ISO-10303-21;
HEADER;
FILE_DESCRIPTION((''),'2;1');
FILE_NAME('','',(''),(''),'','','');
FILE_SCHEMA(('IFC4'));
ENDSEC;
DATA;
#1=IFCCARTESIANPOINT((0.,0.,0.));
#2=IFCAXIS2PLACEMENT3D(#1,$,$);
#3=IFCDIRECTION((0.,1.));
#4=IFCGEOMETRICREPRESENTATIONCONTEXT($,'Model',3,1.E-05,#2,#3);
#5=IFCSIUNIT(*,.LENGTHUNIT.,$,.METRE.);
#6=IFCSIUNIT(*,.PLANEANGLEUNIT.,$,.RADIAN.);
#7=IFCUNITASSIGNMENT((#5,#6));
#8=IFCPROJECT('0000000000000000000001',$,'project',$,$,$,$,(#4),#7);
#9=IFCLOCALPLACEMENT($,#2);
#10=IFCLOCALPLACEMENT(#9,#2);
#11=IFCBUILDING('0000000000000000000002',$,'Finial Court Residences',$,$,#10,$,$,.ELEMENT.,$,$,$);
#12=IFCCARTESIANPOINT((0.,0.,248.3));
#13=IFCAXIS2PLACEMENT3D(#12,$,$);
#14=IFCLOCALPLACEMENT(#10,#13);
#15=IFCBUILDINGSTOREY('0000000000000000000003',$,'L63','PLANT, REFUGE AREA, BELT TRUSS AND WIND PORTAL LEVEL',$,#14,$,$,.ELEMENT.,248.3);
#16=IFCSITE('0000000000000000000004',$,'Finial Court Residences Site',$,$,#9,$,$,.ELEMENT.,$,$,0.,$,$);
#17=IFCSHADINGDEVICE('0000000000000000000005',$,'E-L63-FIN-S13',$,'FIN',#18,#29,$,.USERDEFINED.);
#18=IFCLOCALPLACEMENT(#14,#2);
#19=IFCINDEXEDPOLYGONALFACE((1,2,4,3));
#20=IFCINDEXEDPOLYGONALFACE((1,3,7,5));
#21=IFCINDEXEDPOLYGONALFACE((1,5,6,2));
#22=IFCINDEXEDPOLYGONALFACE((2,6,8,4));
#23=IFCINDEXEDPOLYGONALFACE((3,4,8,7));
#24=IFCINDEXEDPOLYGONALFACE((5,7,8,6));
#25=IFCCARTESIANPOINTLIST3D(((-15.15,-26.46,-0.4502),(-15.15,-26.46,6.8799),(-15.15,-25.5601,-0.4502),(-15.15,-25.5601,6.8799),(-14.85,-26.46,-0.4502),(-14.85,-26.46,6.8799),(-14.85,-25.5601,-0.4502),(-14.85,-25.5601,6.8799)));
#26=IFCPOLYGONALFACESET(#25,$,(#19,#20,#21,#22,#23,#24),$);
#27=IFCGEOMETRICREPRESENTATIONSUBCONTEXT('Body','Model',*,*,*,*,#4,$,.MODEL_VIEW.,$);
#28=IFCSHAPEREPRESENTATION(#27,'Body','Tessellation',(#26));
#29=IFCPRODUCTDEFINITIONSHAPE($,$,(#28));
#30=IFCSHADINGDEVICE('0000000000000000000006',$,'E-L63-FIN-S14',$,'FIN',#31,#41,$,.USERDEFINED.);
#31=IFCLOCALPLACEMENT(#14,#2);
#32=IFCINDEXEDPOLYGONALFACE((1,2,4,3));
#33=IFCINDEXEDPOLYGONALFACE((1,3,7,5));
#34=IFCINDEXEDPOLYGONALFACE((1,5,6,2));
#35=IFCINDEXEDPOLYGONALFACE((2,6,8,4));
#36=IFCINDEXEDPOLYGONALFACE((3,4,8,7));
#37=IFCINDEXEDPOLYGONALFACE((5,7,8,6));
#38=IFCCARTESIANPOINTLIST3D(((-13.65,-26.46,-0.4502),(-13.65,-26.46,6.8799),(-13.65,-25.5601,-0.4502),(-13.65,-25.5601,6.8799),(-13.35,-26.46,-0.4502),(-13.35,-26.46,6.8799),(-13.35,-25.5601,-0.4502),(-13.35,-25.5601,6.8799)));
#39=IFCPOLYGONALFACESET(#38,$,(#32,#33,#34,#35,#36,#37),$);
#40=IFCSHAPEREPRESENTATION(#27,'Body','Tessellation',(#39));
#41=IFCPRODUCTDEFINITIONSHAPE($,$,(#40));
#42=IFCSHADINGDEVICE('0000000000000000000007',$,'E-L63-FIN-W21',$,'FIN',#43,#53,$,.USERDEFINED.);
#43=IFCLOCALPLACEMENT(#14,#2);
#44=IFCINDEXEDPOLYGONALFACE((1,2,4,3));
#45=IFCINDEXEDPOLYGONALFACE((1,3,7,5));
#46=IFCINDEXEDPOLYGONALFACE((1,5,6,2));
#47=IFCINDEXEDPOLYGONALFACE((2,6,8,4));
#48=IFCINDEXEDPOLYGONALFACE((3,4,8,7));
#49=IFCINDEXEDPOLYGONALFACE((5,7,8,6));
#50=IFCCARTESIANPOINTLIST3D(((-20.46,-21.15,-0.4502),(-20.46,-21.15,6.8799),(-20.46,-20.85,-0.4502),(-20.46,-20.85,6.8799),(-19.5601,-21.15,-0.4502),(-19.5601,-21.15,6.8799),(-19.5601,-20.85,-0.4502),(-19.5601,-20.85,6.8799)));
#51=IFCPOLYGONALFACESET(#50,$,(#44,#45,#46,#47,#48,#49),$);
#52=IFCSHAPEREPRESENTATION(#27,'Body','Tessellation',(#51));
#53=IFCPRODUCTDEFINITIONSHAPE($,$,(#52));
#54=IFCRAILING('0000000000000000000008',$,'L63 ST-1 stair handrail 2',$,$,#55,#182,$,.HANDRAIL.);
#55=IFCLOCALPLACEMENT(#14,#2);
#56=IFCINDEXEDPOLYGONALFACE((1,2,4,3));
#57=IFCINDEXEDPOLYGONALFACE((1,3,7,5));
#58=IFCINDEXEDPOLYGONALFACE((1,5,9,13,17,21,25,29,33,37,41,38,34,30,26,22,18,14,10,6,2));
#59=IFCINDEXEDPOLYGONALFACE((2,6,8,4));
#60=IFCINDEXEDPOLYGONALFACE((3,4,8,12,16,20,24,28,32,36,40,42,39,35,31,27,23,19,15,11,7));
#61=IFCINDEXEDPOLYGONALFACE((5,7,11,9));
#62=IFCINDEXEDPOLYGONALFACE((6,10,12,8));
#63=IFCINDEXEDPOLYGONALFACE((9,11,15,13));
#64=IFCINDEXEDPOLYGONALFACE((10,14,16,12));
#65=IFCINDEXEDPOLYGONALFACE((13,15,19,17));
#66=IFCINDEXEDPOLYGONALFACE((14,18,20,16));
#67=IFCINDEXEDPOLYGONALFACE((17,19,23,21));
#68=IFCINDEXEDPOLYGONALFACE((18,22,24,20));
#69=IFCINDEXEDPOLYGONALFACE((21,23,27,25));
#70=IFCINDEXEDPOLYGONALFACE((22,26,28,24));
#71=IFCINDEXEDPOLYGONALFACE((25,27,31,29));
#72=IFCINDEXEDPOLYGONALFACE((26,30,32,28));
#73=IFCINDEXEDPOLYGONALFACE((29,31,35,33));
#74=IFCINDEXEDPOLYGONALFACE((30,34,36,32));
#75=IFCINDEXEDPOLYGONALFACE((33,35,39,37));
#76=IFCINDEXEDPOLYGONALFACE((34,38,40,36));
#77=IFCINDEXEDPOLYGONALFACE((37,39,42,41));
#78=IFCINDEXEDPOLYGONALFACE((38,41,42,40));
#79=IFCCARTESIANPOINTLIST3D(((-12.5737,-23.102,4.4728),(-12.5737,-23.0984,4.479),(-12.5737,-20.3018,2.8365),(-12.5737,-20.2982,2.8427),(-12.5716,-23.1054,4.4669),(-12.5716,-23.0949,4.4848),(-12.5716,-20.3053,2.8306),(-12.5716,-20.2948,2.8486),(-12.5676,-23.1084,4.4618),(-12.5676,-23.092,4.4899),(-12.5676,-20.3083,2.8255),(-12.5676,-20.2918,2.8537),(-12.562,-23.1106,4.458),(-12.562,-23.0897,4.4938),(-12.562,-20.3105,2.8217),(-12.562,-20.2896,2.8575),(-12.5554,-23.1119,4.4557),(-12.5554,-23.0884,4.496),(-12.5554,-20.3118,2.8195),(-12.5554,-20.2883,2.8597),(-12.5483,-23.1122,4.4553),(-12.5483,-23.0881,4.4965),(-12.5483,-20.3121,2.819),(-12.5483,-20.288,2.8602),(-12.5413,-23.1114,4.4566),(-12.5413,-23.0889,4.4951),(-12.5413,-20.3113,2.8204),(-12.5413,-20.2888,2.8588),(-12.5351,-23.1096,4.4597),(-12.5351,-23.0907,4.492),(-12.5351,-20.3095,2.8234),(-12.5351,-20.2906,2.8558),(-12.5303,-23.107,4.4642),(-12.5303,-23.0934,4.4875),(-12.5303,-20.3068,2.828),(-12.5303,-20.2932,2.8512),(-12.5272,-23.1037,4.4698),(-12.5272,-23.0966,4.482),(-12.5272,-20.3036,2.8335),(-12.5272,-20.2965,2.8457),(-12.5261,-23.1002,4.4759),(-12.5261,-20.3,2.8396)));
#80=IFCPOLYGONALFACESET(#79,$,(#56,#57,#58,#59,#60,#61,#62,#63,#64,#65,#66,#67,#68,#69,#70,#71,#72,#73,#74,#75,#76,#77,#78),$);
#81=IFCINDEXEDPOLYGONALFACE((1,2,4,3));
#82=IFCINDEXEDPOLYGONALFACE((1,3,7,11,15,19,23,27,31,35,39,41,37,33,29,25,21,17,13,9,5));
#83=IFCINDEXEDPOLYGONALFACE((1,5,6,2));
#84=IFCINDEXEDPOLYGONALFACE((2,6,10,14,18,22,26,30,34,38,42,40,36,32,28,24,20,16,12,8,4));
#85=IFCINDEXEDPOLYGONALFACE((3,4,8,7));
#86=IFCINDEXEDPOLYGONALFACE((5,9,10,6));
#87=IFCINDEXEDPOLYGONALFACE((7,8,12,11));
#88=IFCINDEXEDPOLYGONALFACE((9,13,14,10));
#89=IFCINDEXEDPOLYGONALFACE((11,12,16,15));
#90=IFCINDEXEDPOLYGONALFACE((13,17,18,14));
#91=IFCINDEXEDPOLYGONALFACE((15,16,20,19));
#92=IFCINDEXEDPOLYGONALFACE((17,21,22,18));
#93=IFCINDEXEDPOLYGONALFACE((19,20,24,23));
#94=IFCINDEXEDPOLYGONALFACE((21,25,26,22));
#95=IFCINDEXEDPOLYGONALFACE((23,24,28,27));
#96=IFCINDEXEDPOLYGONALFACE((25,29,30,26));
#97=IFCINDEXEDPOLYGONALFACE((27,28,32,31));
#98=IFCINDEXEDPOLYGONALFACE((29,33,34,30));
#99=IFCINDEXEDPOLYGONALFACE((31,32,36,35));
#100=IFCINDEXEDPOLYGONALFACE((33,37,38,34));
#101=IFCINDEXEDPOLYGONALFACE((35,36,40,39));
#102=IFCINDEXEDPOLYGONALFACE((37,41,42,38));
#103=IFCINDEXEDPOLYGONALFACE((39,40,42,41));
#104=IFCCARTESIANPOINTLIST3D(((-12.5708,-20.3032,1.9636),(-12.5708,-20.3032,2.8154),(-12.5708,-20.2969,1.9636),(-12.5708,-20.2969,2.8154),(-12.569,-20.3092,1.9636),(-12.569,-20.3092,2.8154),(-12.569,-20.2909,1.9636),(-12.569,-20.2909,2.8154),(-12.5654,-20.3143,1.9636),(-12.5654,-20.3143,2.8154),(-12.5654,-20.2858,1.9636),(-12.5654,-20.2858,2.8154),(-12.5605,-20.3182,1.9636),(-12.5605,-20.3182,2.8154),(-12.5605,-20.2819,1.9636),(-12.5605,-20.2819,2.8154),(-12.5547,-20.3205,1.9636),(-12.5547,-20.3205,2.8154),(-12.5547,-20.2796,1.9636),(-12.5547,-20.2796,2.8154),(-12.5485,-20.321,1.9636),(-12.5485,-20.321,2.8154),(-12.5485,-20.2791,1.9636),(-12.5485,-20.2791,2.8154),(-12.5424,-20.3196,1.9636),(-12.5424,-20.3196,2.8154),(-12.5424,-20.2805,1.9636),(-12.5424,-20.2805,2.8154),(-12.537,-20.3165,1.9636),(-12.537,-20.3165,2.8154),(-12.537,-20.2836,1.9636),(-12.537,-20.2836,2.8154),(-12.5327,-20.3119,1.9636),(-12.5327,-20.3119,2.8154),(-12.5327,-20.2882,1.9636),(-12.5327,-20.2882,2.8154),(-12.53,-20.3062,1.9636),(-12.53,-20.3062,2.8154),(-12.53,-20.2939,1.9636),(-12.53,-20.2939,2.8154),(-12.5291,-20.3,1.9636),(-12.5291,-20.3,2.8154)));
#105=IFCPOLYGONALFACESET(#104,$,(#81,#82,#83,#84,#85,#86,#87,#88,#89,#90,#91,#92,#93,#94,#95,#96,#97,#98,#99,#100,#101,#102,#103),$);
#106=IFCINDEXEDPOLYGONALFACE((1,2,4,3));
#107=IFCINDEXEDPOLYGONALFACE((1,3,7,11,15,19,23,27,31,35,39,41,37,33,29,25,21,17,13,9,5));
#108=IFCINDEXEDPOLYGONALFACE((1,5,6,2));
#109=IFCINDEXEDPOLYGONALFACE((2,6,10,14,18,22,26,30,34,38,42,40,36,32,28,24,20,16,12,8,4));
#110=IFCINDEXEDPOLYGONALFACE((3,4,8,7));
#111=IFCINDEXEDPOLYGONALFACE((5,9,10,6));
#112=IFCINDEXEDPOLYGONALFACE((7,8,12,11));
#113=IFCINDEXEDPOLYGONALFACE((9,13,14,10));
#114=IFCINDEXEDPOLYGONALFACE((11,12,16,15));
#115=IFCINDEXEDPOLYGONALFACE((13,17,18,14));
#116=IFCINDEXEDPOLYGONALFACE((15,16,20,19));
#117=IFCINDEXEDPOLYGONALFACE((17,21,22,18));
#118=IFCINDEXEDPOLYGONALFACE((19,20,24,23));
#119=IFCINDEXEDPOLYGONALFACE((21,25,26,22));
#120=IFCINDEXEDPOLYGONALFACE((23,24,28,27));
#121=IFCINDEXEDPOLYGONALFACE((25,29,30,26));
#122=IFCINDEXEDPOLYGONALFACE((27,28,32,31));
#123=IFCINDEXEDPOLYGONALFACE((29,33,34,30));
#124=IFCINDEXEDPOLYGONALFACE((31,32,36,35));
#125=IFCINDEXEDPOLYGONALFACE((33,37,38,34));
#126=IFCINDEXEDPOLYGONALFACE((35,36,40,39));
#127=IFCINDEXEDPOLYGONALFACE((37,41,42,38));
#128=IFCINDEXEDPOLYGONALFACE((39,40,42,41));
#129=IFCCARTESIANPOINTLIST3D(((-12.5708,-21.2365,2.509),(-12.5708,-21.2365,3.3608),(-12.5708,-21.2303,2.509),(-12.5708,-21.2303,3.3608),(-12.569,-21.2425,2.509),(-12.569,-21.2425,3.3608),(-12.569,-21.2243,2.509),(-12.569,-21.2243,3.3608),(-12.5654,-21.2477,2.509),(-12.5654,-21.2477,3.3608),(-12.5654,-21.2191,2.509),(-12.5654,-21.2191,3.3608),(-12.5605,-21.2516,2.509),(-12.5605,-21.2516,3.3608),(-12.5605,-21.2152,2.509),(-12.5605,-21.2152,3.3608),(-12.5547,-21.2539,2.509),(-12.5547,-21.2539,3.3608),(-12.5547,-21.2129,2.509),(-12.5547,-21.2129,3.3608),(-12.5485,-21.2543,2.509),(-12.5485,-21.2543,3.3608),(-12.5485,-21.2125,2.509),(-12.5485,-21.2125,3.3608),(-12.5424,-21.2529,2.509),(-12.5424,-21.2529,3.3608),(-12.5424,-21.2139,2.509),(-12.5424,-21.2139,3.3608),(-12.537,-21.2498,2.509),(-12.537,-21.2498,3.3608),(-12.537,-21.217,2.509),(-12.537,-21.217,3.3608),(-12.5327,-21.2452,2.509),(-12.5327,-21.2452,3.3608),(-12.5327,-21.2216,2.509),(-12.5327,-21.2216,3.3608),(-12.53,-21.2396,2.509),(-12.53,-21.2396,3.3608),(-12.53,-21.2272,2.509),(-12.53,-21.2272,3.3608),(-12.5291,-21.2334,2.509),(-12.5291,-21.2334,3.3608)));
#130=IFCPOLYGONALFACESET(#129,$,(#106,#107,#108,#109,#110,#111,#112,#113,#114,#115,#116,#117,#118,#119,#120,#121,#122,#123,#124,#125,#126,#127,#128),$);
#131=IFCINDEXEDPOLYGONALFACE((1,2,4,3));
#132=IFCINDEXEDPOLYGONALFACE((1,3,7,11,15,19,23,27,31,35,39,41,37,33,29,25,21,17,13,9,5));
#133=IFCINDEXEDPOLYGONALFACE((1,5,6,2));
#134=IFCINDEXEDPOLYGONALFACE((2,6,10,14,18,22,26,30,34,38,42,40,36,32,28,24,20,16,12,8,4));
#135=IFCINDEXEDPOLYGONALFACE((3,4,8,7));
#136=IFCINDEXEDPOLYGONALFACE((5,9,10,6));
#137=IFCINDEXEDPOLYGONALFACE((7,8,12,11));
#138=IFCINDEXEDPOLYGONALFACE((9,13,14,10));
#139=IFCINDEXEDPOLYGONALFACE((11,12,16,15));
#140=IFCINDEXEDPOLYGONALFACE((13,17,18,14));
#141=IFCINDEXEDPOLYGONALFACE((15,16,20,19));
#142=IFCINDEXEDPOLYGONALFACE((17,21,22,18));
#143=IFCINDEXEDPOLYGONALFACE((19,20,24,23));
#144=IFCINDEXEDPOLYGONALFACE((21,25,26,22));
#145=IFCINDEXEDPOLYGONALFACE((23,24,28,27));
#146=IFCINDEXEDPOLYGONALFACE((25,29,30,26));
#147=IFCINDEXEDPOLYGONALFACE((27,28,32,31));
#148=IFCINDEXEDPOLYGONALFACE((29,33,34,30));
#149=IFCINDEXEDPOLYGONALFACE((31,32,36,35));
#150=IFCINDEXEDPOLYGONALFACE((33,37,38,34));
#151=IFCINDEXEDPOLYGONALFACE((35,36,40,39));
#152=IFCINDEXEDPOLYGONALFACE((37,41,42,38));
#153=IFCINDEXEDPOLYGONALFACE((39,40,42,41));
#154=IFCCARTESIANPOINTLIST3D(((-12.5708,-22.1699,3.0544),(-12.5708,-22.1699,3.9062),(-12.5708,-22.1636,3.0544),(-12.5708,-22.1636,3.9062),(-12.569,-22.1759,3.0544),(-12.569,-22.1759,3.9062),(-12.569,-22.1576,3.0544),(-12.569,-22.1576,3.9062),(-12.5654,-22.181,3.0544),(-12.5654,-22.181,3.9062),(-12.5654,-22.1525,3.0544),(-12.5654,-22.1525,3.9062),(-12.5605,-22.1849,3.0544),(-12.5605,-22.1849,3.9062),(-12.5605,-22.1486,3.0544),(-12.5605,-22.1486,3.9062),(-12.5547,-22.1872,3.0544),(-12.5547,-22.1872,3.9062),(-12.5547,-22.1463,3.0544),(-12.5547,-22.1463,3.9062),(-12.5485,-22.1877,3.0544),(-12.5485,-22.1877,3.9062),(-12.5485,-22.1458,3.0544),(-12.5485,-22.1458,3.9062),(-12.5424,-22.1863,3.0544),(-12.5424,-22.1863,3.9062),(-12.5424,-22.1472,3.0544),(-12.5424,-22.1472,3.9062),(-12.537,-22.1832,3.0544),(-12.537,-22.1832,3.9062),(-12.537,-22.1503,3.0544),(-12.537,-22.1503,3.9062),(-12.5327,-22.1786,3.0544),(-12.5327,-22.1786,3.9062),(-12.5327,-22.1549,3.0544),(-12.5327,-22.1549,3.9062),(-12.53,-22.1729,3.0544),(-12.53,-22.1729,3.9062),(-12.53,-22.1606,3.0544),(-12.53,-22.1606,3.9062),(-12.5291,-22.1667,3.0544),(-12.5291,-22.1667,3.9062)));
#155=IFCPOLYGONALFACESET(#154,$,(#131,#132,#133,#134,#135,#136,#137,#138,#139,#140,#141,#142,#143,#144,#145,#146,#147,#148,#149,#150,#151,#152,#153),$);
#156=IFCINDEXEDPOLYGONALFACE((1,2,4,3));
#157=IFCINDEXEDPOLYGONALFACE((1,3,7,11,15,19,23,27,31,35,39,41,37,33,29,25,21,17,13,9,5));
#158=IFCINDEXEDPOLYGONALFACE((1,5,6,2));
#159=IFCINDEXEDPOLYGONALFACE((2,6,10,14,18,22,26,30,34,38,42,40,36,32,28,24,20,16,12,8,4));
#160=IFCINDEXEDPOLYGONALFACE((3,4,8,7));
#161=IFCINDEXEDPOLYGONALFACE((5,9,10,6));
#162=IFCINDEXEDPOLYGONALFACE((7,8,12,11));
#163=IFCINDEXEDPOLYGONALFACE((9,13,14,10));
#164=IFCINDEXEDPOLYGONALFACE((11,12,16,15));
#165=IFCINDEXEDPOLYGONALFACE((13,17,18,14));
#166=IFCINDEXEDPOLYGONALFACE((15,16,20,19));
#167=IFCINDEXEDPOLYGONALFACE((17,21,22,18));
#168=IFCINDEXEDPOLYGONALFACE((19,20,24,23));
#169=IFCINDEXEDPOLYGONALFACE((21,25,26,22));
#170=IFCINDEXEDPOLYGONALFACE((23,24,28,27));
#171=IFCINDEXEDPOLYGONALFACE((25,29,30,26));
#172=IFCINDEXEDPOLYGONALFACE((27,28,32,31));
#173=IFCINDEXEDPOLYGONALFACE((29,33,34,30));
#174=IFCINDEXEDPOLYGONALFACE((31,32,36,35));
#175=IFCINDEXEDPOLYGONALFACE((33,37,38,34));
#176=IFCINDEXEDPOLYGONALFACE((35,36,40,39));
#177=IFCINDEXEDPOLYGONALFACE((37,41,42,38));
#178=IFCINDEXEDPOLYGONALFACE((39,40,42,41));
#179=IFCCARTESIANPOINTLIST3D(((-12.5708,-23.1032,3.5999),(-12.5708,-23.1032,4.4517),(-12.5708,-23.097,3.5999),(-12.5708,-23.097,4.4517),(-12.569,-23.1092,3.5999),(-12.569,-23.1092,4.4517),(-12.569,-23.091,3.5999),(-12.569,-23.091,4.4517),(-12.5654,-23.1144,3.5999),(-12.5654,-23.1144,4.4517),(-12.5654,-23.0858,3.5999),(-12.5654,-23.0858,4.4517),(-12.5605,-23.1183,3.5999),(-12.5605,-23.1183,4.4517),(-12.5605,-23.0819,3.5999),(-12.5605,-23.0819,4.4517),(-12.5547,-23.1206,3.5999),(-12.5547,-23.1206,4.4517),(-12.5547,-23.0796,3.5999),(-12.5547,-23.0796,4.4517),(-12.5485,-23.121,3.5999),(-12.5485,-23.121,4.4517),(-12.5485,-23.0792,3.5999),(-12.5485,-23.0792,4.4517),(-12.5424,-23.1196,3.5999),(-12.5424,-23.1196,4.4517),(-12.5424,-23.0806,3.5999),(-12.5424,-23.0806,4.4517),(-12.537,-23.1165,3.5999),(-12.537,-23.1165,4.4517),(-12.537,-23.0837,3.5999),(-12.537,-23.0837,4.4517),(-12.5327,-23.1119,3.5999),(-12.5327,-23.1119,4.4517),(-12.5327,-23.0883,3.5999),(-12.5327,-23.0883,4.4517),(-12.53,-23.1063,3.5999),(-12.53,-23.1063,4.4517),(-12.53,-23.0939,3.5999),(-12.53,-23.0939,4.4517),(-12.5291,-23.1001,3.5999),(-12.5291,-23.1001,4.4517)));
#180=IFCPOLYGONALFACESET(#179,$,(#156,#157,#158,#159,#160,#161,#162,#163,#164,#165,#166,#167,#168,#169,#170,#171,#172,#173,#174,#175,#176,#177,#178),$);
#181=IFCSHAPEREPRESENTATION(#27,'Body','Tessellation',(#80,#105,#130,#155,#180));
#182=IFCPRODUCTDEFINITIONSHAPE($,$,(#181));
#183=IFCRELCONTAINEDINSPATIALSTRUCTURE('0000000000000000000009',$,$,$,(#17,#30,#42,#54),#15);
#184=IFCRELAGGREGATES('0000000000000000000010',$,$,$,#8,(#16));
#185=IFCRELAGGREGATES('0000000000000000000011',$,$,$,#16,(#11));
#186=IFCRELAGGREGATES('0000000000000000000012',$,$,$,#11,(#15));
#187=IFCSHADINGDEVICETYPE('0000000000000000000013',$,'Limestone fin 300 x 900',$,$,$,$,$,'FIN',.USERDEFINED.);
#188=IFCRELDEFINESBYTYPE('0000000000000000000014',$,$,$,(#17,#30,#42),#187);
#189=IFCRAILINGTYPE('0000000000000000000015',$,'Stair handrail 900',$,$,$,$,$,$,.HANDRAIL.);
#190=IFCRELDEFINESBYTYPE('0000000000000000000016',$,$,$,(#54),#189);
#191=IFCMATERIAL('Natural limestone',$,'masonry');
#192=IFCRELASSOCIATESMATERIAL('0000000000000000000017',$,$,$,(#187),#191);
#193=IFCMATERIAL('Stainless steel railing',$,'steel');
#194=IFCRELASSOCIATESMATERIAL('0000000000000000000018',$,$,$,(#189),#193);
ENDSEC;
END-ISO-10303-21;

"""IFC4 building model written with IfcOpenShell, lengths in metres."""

from ifc_helpers import new_model, si_unit, direction, frame, origin, origin_2d, place, context, subcontext, project, spatial, rectangle, circle, extrude, material, type_object, element, save


model = new_model("IFC4")

# Units and contexts
model_context = context("Model", 3, precision=1e-05, world=origin(), true_north=direction((0.0, 1.0)))
body_context = subcontext(model_context, "Body", "Model", "MODEL_VIEW")
ifc_project = project(units=[si_unit("LENGTHUNIT", "METRE"), si_unit("PLANEANGLEUNIT", "RADIAN")], contexts=[model_context])

# Site, building, storey
site_placement = place(None, origin())
site = spatial("IfcSite", under=ifc_project, at=site_placement, Name="Finial Court Residences Site", CompositionType="ELEMENT", RefElevation=0.0)
building_placement = place(site_placement, origin())
building = spatial("IfcBuilding", under=site, at=building_placement, Name="Finial Court Residences", CompositionType="ELEMENT")
storey_placement = place(building_placement, frame((0.0, 0.0, 248.3)))
storey = spatial("IfcBuildingStorey", under=building, at=storey_placement, Name="L63", Description="PLANT, REFUGE AREA, BELT TRUSS AND WIND PORTAL LEVEL", CompositionType="ELEMENT", Elevation=248.3)

# Shared definitions
ifc_material_1 = material(Name="Natural limestone", Category="masonry")

# Shading devices
shading_device_type = type_object("IfcShadingDeviceType", Name="Limestone fin 300 x 900", ElementType="FIN", PredefinedType="USERDEFINED", material=ifc_material_1)
for number, where, z_axis, x_axis, name in (
    (1, (-15.0, -26.01, -0.4502), (0.0, 0.0, 1.0), (1.0, 0.0, 0.0), "E-L63-FIN-S13"),
    (2, (-13.5, -26.01, -0.4502), (0.0, 0.0, 1.0), (1.0, 0.0, 0.0), "E-L63-FIN-S14"),
):
    element("IfcShadingDevice", number, at=place(storey_placement, frame(where, z_axis=z_axis, x_axis=x_axis)), inside=storey, type_object=shading_device_type, Name=name, ObjectType="FIN", PredefinedType="USERDEFINED", context=body_context, shape_type="SweptSolid", body=[
        extrude(rectangle(XDim=0.3, YDim=0.8999, at=origin_2d()), origin(), (0.0, 0.0, 1.0), 7.3301),
    ])
shading_device_placement = place(storey_placement, frame((-20.01, -21.0, -0.4502), z_axis=(0.0, 0.0, 1.0), x_axis=(1.0, 0.0, 0.0)))
element("IfcShadingDevice", 3, at=shading_device_placement, inside=storey, type_object=shading_device_type, Name="E-L63-FIN-W21", ObjectType="FIN", PredefinedType="USERDEFINED", context=body_context, shape_type="SweptSolid", body=[
    extrude(rectangle(XDim=0.8999, YDim=0.3, at=origin_2d()), origin(), (0.0, 0.0, 1.0), 7.3301),
])

# Railing
ifc_material_2 = material(Name="Stainless steel railing", Category="steel")
railing_type = type_object("IfcRailingType", Name="Stair handrail 900", PredefinedType="HANDRAIL", material=ifc_material_2)
railing_placement = place(storey_placement, frame((-12.55, -20.3, 1.9636)))
element("IfcRailing", 4, at=railing_placement, inside=storey, type_object=railing_type, Name="L63 ST-1 stair handrail 2", PredefinedType="HANDRAIL", context=body_context, shape_type="SweptSolid", body=[
    extrude(circle(Radius=0.0239, at=origin_2d()), frame((0.0, 0.0, 0.876), z_axis=(0.0, -0.863394, 0.504531), x_axis=(1.0, 0.0, 0.0)), (0.0, 0.0, 1.0), 3.2432),
    extrude(circle(Radius=0.021, at=origin_2d()), origin(), (0.0, 0.0, 1.0), 0.8518),
    extrude(circle(Radius=0.021, at=origin_2d()), frame((0.0, -0.9333, 0.5454)), (0.0, 0.0, 1.0), 0.8518),
    extrude(circle(Radius=0.021, at=origin_2d()), frame((0.0, -1.8667, 1.0908)), (0.0, 0.0, 1.0), 0.8518),
    extrude(circle(Radius=0.021, at=origin_2d()), frame((0.0, -2.8, 1.6362)), (0.0, 0.0, 1.0), 0.8518),
])

save(model, "model.ifc")
